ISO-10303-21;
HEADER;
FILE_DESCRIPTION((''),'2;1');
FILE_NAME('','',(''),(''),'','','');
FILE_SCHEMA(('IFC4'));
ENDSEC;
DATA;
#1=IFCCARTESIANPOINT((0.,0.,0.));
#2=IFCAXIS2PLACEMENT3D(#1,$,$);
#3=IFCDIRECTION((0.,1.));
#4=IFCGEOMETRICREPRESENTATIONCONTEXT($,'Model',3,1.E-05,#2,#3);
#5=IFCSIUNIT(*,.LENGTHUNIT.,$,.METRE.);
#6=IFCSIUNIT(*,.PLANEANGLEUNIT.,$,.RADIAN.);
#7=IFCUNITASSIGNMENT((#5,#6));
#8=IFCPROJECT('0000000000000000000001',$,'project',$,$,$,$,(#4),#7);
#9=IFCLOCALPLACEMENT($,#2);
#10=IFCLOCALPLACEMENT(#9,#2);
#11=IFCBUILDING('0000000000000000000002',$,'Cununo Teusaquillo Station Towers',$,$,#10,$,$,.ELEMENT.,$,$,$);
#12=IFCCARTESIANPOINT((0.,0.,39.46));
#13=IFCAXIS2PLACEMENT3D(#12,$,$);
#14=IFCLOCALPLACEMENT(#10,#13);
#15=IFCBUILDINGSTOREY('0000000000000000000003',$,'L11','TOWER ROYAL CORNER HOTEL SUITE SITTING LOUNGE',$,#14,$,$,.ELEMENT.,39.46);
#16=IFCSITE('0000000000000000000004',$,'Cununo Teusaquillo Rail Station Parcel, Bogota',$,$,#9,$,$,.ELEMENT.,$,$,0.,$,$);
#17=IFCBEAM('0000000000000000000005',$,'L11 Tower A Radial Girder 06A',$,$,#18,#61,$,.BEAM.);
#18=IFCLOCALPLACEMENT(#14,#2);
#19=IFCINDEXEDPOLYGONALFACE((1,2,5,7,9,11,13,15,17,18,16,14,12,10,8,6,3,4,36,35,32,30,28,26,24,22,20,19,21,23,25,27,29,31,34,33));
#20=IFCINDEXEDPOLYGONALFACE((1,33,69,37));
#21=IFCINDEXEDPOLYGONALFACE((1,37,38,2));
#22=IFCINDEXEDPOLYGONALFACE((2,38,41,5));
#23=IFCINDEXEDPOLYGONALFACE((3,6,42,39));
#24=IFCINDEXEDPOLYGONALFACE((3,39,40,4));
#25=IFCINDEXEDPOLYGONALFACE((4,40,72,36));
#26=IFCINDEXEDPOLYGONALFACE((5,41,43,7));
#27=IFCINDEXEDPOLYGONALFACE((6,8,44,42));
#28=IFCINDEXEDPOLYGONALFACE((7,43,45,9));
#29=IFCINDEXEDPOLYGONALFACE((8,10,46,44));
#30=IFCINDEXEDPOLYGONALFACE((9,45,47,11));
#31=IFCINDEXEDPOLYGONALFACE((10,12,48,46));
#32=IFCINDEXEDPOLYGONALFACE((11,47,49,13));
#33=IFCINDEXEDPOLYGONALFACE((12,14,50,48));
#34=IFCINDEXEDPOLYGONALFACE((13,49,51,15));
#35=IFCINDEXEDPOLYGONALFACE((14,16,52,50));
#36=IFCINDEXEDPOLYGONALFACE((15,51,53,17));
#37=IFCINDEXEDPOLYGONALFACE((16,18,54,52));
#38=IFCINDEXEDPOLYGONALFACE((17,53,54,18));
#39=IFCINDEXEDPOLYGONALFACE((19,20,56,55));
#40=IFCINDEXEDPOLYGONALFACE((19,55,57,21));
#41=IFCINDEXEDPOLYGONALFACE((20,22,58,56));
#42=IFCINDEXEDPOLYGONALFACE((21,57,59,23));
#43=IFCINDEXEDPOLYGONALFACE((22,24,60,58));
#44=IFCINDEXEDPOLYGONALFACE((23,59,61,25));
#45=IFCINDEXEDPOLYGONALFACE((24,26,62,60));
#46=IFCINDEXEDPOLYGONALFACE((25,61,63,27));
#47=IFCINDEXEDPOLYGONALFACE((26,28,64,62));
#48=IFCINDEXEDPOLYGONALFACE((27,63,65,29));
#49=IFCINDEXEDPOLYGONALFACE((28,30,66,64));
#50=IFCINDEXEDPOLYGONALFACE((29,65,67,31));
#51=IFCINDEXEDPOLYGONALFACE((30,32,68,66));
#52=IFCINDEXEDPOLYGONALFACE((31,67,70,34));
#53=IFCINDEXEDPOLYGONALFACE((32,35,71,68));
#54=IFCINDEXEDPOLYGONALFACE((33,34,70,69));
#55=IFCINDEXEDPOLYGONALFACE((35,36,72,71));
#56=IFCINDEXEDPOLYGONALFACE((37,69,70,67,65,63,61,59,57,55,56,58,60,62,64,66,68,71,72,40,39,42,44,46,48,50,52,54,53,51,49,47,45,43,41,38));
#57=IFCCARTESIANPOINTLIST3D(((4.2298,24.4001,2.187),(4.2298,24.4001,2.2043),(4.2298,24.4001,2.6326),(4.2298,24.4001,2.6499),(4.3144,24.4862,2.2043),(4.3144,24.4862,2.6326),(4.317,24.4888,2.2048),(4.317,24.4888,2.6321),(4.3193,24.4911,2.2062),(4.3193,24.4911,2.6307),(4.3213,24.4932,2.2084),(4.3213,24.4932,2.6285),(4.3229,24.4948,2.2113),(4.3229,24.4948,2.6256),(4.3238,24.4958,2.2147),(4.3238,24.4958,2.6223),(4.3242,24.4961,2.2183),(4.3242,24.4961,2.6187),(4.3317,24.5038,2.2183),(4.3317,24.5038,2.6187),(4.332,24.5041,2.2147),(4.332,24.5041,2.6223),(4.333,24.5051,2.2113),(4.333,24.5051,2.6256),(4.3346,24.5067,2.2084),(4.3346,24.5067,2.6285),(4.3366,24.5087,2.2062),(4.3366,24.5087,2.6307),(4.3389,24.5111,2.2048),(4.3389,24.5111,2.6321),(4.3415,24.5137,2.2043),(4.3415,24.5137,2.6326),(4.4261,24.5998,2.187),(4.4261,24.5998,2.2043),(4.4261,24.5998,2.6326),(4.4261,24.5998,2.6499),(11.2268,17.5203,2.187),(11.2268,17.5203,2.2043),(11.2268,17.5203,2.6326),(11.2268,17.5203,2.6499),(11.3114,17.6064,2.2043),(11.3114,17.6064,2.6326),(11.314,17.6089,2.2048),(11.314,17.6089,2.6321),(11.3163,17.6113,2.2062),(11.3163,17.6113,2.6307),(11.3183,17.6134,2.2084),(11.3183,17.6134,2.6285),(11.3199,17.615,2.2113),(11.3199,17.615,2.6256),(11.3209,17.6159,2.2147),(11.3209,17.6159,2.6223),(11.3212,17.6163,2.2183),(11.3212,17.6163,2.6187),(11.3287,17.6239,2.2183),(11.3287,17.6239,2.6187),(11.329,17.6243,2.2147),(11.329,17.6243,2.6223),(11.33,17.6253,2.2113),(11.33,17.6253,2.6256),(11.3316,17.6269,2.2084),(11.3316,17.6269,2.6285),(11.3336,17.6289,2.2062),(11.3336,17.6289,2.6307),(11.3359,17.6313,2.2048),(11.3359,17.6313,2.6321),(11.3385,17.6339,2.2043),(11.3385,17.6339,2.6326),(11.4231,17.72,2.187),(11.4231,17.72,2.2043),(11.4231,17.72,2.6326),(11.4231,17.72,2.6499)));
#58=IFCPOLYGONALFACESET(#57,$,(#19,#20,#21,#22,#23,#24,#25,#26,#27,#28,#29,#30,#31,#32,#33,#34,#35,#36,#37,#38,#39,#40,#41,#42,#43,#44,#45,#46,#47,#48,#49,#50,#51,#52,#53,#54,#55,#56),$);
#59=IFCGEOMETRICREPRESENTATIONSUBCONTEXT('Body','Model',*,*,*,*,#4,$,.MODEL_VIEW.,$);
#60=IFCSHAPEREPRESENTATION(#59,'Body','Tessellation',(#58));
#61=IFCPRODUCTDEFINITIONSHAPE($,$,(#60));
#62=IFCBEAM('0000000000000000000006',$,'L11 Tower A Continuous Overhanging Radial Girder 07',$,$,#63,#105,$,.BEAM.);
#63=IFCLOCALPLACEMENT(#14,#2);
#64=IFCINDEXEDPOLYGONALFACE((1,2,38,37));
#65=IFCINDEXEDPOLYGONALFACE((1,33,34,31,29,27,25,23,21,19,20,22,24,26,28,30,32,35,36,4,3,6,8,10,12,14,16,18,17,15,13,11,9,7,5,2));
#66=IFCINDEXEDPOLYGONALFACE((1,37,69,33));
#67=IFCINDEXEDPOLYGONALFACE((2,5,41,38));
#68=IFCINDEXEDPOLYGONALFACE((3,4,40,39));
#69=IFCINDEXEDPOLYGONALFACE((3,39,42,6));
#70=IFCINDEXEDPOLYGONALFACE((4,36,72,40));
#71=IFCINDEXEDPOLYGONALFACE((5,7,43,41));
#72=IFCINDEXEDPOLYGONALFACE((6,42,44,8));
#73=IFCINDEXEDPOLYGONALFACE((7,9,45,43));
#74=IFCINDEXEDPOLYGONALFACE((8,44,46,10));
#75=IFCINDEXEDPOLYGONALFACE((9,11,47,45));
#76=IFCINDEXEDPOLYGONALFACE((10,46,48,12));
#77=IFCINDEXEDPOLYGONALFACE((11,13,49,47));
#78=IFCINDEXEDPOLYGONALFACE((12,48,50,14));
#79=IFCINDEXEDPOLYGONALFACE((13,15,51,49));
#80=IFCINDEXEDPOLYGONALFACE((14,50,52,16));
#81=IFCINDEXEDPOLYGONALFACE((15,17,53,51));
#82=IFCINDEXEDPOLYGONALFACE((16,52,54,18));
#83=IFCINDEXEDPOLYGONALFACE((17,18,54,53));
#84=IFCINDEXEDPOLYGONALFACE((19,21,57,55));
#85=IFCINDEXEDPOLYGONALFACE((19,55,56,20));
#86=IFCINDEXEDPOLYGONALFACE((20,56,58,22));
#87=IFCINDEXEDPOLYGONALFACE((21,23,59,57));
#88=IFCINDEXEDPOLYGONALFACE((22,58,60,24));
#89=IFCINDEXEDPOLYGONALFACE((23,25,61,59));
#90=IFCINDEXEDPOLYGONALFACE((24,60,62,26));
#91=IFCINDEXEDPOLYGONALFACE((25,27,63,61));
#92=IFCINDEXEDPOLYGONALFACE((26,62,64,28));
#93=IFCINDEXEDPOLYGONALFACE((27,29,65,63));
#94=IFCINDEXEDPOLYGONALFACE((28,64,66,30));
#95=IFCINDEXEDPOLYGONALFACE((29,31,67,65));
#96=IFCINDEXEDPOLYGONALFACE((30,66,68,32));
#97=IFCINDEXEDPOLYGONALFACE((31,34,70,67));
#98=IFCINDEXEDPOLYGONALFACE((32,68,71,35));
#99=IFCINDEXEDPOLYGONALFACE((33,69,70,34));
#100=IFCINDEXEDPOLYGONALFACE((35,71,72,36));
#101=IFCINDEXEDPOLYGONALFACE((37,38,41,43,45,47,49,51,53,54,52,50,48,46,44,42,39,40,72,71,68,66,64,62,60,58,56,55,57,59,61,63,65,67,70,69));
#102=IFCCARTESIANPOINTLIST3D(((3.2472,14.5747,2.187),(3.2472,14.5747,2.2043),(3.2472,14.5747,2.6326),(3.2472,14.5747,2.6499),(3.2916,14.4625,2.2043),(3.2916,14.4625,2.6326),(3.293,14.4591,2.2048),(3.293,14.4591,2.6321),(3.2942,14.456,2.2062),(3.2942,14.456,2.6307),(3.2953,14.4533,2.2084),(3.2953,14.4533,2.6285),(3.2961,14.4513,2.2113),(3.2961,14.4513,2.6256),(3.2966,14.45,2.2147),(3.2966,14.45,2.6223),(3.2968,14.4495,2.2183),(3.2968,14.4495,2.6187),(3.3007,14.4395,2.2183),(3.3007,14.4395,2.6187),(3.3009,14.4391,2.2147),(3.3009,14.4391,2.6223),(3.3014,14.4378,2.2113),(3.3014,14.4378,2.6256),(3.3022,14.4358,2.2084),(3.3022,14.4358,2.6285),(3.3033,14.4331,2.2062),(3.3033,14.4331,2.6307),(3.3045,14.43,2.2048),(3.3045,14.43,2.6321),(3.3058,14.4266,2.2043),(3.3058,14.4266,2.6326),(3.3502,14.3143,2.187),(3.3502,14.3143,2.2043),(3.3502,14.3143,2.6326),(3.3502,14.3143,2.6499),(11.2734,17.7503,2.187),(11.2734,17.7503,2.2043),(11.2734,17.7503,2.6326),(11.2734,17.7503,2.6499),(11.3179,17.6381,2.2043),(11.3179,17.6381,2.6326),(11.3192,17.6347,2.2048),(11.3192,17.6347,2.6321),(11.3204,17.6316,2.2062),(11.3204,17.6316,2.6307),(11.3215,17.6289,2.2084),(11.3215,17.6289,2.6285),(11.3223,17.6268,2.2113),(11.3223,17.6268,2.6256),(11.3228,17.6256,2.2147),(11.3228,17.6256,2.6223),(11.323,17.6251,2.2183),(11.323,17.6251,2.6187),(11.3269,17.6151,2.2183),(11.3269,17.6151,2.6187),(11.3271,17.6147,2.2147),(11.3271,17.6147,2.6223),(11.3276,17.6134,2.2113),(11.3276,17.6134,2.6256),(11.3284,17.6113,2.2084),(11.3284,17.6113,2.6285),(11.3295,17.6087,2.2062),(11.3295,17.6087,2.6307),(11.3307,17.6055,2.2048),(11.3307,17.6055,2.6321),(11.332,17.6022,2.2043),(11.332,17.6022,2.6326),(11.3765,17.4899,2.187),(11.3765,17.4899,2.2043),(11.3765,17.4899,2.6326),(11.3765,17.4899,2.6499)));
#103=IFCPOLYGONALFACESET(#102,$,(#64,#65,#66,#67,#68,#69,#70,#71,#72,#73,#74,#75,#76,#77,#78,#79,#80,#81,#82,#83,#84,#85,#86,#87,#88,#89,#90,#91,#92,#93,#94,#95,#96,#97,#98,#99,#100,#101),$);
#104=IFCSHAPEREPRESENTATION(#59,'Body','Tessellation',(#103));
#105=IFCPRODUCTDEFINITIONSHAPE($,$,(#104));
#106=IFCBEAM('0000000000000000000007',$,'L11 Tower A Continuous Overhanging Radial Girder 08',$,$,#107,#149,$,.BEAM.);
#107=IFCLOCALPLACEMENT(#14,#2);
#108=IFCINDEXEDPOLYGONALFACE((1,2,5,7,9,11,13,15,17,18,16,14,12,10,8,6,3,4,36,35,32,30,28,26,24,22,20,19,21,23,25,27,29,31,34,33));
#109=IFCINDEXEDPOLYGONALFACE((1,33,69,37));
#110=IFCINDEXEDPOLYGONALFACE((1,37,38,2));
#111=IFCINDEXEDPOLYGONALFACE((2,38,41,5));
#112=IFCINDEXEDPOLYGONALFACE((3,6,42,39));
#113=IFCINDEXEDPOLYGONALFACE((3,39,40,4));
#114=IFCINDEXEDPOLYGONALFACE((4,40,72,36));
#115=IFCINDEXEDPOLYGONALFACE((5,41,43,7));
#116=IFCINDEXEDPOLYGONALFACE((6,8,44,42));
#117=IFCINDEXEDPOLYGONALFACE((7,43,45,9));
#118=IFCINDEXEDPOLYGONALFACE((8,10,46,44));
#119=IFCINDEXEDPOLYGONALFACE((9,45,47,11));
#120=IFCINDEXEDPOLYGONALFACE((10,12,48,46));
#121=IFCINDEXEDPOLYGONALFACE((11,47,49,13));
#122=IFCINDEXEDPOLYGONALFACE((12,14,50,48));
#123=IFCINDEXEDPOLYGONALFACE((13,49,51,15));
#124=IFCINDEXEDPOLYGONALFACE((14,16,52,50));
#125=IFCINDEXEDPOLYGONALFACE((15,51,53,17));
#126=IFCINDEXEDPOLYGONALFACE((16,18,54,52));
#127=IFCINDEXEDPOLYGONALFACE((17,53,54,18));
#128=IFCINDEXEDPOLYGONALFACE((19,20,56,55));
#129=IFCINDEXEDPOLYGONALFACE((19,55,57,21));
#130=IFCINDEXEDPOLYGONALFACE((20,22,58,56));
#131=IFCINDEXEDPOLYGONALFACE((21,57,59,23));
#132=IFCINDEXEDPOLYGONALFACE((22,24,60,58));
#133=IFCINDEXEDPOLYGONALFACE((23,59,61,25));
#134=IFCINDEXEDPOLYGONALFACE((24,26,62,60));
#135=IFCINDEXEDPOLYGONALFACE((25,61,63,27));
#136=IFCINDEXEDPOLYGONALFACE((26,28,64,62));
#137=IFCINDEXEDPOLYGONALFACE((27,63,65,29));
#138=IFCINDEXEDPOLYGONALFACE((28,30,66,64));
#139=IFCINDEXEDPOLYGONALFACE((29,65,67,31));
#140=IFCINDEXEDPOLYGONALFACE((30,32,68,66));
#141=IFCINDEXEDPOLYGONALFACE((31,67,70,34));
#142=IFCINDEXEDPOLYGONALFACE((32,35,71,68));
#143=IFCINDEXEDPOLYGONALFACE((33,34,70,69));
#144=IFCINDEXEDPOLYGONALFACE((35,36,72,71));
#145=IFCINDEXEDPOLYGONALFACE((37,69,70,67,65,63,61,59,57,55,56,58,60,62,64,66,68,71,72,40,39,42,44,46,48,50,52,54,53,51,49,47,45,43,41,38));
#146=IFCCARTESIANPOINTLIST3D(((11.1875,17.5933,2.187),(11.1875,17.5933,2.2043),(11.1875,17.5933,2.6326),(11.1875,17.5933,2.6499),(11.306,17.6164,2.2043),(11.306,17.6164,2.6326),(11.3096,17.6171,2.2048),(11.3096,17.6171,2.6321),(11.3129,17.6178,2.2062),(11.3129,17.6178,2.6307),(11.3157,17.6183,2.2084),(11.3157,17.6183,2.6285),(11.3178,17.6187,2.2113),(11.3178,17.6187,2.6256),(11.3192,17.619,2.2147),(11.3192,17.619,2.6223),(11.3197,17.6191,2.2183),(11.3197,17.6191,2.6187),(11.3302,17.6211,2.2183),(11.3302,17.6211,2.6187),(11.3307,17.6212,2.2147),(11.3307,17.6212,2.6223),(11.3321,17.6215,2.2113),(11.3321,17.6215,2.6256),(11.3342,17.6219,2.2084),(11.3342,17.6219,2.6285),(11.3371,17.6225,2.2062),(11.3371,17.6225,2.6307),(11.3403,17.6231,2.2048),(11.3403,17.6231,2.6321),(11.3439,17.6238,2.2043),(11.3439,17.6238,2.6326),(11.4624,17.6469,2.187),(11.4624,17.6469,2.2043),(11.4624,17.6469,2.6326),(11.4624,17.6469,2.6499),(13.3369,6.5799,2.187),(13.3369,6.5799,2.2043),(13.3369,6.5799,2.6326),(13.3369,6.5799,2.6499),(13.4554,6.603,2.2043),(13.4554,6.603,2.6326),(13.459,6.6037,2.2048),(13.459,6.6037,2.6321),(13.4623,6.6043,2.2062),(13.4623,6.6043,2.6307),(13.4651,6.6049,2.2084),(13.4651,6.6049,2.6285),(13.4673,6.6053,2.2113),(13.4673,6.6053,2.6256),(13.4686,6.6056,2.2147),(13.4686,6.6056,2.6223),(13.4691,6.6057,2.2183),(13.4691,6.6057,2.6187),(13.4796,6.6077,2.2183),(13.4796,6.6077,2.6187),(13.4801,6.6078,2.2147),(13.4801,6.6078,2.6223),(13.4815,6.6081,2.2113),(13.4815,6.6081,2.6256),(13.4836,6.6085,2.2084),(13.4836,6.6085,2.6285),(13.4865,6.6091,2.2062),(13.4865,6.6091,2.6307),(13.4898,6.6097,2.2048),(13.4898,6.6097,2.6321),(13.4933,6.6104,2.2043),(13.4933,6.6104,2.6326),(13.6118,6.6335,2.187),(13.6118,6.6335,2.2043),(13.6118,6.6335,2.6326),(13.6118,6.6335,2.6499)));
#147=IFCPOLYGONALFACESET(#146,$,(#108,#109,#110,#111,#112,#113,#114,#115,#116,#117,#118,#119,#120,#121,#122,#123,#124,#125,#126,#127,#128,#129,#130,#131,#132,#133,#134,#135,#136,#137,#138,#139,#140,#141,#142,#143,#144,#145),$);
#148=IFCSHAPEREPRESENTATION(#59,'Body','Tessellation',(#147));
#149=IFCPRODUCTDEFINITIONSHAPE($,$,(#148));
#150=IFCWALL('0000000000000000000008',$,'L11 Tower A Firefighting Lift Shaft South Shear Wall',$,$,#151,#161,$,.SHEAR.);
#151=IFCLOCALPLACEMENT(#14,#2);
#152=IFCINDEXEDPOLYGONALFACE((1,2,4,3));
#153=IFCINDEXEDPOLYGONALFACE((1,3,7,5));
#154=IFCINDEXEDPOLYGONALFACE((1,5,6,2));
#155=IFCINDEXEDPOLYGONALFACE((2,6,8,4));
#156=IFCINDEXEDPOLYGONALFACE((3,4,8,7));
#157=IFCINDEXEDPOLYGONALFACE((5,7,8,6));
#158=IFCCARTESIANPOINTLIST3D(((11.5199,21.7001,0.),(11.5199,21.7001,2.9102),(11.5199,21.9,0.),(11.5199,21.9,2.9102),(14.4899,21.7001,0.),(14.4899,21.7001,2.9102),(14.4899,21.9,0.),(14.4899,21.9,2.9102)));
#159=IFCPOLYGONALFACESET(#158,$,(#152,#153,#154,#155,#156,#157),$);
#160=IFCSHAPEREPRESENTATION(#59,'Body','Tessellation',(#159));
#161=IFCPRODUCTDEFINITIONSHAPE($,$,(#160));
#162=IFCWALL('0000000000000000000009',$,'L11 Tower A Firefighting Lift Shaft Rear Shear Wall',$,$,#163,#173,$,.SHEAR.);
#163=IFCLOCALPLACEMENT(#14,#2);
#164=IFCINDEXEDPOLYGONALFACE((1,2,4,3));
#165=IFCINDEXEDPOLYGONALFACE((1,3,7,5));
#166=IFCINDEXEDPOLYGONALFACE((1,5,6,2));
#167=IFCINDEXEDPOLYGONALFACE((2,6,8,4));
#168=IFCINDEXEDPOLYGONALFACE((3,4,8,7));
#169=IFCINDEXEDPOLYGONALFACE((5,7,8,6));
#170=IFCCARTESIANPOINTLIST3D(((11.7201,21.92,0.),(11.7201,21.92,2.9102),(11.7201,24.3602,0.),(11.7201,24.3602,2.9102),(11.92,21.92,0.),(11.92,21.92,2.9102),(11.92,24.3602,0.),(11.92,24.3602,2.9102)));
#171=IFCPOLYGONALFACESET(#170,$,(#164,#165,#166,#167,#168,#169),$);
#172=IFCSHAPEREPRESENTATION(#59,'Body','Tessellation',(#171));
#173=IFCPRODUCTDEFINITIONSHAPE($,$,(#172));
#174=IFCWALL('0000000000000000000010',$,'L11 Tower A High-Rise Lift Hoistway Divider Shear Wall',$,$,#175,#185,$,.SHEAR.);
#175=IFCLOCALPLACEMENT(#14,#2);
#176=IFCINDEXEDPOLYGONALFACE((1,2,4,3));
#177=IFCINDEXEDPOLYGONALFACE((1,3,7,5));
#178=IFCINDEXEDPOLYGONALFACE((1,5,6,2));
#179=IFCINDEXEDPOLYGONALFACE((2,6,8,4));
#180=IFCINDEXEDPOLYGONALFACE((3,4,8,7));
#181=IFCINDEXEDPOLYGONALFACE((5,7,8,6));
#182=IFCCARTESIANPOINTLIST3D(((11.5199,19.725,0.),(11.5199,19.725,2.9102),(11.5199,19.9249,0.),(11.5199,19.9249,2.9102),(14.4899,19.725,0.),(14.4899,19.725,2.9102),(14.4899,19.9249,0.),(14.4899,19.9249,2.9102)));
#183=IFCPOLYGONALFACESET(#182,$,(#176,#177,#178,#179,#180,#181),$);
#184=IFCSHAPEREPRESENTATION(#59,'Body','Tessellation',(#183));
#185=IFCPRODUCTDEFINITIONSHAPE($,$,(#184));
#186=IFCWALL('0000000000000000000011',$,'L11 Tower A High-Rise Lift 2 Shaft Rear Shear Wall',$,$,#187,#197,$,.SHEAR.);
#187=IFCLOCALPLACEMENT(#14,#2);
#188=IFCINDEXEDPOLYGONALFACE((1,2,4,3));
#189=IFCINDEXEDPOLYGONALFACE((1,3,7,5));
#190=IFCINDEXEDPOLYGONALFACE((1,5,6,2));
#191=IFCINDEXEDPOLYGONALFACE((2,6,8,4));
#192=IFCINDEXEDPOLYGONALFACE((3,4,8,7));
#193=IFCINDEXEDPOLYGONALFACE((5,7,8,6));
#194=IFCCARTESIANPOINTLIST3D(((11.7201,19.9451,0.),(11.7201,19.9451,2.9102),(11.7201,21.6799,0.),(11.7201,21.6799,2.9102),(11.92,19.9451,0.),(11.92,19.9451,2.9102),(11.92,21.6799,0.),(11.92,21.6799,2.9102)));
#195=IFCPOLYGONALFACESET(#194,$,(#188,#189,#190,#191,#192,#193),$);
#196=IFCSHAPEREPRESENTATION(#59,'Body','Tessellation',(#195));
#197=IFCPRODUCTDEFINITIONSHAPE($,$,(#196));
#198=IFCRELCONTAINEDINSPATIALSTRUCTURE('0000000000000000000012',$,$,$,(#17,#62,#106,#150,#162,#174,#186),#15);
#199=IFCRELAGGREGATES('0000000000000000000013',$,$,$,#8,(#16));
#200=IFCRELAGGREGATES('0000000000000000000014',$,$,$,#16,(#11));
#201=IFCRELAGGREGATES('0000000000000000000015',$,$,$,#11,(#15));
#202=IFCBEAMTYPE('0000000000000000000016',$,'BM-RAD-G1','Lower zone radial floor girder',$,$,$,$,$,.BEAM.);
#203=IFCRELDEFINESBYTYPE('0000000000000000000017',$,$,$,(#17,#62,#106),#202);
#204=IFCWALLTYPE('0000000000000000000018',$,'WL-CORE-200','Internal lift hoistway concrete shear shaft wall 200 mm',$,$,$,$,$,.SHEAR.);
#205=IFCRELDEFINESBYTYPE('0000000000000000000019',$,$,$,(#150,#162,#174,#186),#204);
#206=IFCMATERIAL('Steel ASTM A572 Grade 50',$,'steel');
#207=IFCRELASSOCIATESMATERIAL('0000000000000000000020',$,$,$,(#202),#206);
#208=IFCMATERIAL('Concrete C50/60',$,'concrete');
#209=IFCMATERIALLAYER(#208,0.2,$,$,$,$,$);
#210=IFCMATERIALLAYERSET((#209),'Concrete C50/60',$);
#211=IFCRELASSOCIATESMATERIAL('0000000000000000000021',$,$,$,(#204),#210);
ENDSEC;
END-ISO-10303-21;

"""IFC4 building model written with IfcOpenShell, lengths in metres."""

from ifc_helpers import new_model, si_unit, direction, frame, frame_2d, origin, origin_2d, place, context, subcontext, project, spatial, rectangle, i_section, extrude, material, layer, layer_set, material_profile, profile_set, type_object, element, save


model = new_model("IFC4")

# Units and contexts
model_context = context("Model", 3, precision=1e-05, world=origin(), true_north=direction((0.0, 1.0)))
body_context = subcontext(model_context, "Body", "Model", "MODEL_VIEW")
ifc_project = project(units=[si_unit("LENGTHUNIT", "METRE"), si_unit("PLANEANGLEUNIT", "RADIAN")], contexts=[model_context])

# Site, building, storey
site_placement = place(None, origin())
site = spatial("IfcSite", under=ifc_project, at=site_placement, Name="Cununo Teusaquillo Rail Station Parcel, Bogota", CompositionType="ELEMENT", RefElevation=0.0)
building_placement = place(site_placement, origin())
building = spatial("IfcBuilding", under=site, at=building_placement, Name="Cununo Teusaquillo Station Towers", CompositionType="ELEMENT")
storey_placement = place(building_placement, frame((0.0, 0.0, 39.46)))
storey = spatial("IfcBuildingStorey", under=building, at=storey_placement, Name="L11", Description="TOWER ROYAL CORNER HOTEL SUITE SITTING LOUNGE", CompositionType="ELEMENT", Elevation=39.46)

# Beams
ifc_material_1 = material(Name="Steel ASTM A572 Grade 50", Category="steel")
ifc_material_profile_1 = material_profile(ifc_material_1, i_section(OverallWidth=0.28, OverallDepth=0.4629, WebThickness=0.0107, FlangeThickness=0.0173, FilletRadius=0.0139, at=origin_2d()), Name="W18X76")
ifc_profile_set_1 = profile_set([ifc_material_profile_1], Name="Steel ASTM A572 Grade 50")
beam_type_1 = type_object("IfcBeamType", Name="BM-RAD-G1", Description="Lower zone radial floor girder", PredefinedType="BEAM", material=ifc_profile_set_1)
beam_1_placement = place(storey_placement, frame((11.325, 17.6201, 2.4185), z_axis=(-0.713053, 0.70111, 0.0), x_axis=(-0.70111, -0.713053, 0.0)))
element("IfcBeam", 1, at=beam_1_placement, inside=storey, type_object=beam_type_1, Name="L11 Tower A Radial Girder 06A", PredefinedType="BEAM", context=body_context, shape_type="SweptSolid", body=[
    extrude(i_section(OverallWidth=0.28, OverallDepth=0.4629, WebThickness=0.0107, FlangeThickness=0.0173, FilletRadius=0.0139, at=origin_2d()), origin(), (0.0, 0.0, 1.0), 9.8127),
])
beam_2_placement = place(storey_placement, frame((11.325, 17.6201, 2.4185), z_axis=(-0.929865, -0.367901, 0.0), x_axis=(0.367901, -0.929865, 0.0)))
element("IfcBeam", 2, at=beam_2_placement, inside=storey, type_object=beam_type_1, Name="L11 Tower A Continuous Overhanging Radial Girder 07", PredefinedType="BEAM", context=body_context, shape_type="SweptSolid", body=[
    extrude(i_section(OverallWidth=0.28, OverallDepth=0.4629, WebThickness=0.0107, FlangeThickness=0.0173, FilletRadius=0.0139, at=origin_2d()), origin(), (0.0, 0.0, 1.0), 8.6316),
])
beam_3_placement = place(storey_placement, frame((11.325, 17.6201, 2.4185), z_axis=(0.191549, -0.981483, 0.0), x_axis=(0.981483, 0.191549, 0.0)))
element("IfcBeam", 3, at=beam_3_placement, inside=storey, type_object=beam_type_1, Name="L11 Tower A Continuous Overhanging Radial Girder 08", PredefinedType="BEAM", context=body_context, shape_type="SweptSolid", body=[
    extrude(i_section(OverallWidth=0.28, OverallDepth=0.4629, WebThickness=0.0107, FlangeThickness=0.0173, FilletRadius=0.0139, at=origin_2d()), origin(), (0.0, 0.0, 1.0), 11.2212),
])

# Walls
ifc_material_2 = material(Name="Concrete C50/60", Category="concrete")
ifc_layer_1 = layer(ifc_material_2, 0.2)
ifc_layer_set_1 = layer_set([ifc_layer_1], Name="Concrete C50/60")
wall_type_1 = type_object("IfcWallType", Name="WL-CORE-200", Description="Internal lift hoistway concrete shear shaft wall 200 mm", PredefinedType="SHEAR", material=ifc_layer_set_1)
wall_1_placement = place(storey_placement, frame((11.52, 21.8, 0.0), z_axis=(0.0, 0.0, 1.0), x_axis=(1.0, 0.0, 0.0)))
element("IfcWall", 4, at=wall_1_placement, inside=storey, type_object=wall_type_1, Name="L11 Tower A Firefighting Lift Shaft South Shear Wall", PredefinedType="SHEAR", context=body_context, shape_type="SweptSolid", body=[
    extrude(rectangle(XDim=2.97, YDim=0.2, at=frame_2d((1.4849, 0.0))), origin(), (0.0, 0.0, 1.0), 2.9102),
])
wall_2_placement = place(storey_placement, frame((11.8201, 21.9199, 0.0), z_axis=(0.0, 0.0, 1.0), x_axis=(0.0, 1.0, 0.0)))
element("IfcWall", 5, at=wall_2_placement, inside=storey, type_object=wall_type_1, Name="L11 Tower A Firefighting Lift Shaft Rear Shear Wall", PredefinedType="SHEAR", context=body_context, shape_type="SweptSolid", body=[
    extrude(rectangle(XDim=2.4402, YDim=0.2, at=frame_2d((1.2202, 0.0))), origin(), (0.0, 0.0, 1.0), 2.9102),
])
wall_3_placement = place(storey_placement, frame((11.52, 19.825, 0.0), z_axis=(0.0, 0.0, 1.0), x_axis=(1.0, 0.0, 0.0)))
element("IfcWall", 6, at=wall_3_placement, inside=storey, type_object=wall_type_1, Name="L11 Tower A High-Rise Lift Hoistway Divider Shear Wall", PredefinedType="SHEAR", context=body_context, shape_type="SweptSolid", body=[
    extrude(rectangle(XDim=2.97, YDim=0.2, at=frame_2d((1.4849, 0.0))), origin(), (0.0, 0.0, 1.0), 2.9102),
])
wall_4_placement = place(storey_placement, frame((11.8201, 19.9451, 0.0), z_axis=(0.0, 0.0, 1.0), x_axis=(0.0, 1.0, 0.0)))
element("IfcWall", 7, at=wall_4_placement, inside=storey, type_object=wall_type_1, Name="L11 Tower A High-Rise Lift 2 Shaft Rear Shear Wall", PredefinedType="SHEAR", context=body_context, shape_type="SweptSolid", body=[
    extrude(rectangle(XDim=1.7349, YDim=0.2, at=frame_2d((0.8674, 0.0))), origin(), (0.0, 0.0, 1.0), 2.9102),
])

save(model, "model.ifc")
